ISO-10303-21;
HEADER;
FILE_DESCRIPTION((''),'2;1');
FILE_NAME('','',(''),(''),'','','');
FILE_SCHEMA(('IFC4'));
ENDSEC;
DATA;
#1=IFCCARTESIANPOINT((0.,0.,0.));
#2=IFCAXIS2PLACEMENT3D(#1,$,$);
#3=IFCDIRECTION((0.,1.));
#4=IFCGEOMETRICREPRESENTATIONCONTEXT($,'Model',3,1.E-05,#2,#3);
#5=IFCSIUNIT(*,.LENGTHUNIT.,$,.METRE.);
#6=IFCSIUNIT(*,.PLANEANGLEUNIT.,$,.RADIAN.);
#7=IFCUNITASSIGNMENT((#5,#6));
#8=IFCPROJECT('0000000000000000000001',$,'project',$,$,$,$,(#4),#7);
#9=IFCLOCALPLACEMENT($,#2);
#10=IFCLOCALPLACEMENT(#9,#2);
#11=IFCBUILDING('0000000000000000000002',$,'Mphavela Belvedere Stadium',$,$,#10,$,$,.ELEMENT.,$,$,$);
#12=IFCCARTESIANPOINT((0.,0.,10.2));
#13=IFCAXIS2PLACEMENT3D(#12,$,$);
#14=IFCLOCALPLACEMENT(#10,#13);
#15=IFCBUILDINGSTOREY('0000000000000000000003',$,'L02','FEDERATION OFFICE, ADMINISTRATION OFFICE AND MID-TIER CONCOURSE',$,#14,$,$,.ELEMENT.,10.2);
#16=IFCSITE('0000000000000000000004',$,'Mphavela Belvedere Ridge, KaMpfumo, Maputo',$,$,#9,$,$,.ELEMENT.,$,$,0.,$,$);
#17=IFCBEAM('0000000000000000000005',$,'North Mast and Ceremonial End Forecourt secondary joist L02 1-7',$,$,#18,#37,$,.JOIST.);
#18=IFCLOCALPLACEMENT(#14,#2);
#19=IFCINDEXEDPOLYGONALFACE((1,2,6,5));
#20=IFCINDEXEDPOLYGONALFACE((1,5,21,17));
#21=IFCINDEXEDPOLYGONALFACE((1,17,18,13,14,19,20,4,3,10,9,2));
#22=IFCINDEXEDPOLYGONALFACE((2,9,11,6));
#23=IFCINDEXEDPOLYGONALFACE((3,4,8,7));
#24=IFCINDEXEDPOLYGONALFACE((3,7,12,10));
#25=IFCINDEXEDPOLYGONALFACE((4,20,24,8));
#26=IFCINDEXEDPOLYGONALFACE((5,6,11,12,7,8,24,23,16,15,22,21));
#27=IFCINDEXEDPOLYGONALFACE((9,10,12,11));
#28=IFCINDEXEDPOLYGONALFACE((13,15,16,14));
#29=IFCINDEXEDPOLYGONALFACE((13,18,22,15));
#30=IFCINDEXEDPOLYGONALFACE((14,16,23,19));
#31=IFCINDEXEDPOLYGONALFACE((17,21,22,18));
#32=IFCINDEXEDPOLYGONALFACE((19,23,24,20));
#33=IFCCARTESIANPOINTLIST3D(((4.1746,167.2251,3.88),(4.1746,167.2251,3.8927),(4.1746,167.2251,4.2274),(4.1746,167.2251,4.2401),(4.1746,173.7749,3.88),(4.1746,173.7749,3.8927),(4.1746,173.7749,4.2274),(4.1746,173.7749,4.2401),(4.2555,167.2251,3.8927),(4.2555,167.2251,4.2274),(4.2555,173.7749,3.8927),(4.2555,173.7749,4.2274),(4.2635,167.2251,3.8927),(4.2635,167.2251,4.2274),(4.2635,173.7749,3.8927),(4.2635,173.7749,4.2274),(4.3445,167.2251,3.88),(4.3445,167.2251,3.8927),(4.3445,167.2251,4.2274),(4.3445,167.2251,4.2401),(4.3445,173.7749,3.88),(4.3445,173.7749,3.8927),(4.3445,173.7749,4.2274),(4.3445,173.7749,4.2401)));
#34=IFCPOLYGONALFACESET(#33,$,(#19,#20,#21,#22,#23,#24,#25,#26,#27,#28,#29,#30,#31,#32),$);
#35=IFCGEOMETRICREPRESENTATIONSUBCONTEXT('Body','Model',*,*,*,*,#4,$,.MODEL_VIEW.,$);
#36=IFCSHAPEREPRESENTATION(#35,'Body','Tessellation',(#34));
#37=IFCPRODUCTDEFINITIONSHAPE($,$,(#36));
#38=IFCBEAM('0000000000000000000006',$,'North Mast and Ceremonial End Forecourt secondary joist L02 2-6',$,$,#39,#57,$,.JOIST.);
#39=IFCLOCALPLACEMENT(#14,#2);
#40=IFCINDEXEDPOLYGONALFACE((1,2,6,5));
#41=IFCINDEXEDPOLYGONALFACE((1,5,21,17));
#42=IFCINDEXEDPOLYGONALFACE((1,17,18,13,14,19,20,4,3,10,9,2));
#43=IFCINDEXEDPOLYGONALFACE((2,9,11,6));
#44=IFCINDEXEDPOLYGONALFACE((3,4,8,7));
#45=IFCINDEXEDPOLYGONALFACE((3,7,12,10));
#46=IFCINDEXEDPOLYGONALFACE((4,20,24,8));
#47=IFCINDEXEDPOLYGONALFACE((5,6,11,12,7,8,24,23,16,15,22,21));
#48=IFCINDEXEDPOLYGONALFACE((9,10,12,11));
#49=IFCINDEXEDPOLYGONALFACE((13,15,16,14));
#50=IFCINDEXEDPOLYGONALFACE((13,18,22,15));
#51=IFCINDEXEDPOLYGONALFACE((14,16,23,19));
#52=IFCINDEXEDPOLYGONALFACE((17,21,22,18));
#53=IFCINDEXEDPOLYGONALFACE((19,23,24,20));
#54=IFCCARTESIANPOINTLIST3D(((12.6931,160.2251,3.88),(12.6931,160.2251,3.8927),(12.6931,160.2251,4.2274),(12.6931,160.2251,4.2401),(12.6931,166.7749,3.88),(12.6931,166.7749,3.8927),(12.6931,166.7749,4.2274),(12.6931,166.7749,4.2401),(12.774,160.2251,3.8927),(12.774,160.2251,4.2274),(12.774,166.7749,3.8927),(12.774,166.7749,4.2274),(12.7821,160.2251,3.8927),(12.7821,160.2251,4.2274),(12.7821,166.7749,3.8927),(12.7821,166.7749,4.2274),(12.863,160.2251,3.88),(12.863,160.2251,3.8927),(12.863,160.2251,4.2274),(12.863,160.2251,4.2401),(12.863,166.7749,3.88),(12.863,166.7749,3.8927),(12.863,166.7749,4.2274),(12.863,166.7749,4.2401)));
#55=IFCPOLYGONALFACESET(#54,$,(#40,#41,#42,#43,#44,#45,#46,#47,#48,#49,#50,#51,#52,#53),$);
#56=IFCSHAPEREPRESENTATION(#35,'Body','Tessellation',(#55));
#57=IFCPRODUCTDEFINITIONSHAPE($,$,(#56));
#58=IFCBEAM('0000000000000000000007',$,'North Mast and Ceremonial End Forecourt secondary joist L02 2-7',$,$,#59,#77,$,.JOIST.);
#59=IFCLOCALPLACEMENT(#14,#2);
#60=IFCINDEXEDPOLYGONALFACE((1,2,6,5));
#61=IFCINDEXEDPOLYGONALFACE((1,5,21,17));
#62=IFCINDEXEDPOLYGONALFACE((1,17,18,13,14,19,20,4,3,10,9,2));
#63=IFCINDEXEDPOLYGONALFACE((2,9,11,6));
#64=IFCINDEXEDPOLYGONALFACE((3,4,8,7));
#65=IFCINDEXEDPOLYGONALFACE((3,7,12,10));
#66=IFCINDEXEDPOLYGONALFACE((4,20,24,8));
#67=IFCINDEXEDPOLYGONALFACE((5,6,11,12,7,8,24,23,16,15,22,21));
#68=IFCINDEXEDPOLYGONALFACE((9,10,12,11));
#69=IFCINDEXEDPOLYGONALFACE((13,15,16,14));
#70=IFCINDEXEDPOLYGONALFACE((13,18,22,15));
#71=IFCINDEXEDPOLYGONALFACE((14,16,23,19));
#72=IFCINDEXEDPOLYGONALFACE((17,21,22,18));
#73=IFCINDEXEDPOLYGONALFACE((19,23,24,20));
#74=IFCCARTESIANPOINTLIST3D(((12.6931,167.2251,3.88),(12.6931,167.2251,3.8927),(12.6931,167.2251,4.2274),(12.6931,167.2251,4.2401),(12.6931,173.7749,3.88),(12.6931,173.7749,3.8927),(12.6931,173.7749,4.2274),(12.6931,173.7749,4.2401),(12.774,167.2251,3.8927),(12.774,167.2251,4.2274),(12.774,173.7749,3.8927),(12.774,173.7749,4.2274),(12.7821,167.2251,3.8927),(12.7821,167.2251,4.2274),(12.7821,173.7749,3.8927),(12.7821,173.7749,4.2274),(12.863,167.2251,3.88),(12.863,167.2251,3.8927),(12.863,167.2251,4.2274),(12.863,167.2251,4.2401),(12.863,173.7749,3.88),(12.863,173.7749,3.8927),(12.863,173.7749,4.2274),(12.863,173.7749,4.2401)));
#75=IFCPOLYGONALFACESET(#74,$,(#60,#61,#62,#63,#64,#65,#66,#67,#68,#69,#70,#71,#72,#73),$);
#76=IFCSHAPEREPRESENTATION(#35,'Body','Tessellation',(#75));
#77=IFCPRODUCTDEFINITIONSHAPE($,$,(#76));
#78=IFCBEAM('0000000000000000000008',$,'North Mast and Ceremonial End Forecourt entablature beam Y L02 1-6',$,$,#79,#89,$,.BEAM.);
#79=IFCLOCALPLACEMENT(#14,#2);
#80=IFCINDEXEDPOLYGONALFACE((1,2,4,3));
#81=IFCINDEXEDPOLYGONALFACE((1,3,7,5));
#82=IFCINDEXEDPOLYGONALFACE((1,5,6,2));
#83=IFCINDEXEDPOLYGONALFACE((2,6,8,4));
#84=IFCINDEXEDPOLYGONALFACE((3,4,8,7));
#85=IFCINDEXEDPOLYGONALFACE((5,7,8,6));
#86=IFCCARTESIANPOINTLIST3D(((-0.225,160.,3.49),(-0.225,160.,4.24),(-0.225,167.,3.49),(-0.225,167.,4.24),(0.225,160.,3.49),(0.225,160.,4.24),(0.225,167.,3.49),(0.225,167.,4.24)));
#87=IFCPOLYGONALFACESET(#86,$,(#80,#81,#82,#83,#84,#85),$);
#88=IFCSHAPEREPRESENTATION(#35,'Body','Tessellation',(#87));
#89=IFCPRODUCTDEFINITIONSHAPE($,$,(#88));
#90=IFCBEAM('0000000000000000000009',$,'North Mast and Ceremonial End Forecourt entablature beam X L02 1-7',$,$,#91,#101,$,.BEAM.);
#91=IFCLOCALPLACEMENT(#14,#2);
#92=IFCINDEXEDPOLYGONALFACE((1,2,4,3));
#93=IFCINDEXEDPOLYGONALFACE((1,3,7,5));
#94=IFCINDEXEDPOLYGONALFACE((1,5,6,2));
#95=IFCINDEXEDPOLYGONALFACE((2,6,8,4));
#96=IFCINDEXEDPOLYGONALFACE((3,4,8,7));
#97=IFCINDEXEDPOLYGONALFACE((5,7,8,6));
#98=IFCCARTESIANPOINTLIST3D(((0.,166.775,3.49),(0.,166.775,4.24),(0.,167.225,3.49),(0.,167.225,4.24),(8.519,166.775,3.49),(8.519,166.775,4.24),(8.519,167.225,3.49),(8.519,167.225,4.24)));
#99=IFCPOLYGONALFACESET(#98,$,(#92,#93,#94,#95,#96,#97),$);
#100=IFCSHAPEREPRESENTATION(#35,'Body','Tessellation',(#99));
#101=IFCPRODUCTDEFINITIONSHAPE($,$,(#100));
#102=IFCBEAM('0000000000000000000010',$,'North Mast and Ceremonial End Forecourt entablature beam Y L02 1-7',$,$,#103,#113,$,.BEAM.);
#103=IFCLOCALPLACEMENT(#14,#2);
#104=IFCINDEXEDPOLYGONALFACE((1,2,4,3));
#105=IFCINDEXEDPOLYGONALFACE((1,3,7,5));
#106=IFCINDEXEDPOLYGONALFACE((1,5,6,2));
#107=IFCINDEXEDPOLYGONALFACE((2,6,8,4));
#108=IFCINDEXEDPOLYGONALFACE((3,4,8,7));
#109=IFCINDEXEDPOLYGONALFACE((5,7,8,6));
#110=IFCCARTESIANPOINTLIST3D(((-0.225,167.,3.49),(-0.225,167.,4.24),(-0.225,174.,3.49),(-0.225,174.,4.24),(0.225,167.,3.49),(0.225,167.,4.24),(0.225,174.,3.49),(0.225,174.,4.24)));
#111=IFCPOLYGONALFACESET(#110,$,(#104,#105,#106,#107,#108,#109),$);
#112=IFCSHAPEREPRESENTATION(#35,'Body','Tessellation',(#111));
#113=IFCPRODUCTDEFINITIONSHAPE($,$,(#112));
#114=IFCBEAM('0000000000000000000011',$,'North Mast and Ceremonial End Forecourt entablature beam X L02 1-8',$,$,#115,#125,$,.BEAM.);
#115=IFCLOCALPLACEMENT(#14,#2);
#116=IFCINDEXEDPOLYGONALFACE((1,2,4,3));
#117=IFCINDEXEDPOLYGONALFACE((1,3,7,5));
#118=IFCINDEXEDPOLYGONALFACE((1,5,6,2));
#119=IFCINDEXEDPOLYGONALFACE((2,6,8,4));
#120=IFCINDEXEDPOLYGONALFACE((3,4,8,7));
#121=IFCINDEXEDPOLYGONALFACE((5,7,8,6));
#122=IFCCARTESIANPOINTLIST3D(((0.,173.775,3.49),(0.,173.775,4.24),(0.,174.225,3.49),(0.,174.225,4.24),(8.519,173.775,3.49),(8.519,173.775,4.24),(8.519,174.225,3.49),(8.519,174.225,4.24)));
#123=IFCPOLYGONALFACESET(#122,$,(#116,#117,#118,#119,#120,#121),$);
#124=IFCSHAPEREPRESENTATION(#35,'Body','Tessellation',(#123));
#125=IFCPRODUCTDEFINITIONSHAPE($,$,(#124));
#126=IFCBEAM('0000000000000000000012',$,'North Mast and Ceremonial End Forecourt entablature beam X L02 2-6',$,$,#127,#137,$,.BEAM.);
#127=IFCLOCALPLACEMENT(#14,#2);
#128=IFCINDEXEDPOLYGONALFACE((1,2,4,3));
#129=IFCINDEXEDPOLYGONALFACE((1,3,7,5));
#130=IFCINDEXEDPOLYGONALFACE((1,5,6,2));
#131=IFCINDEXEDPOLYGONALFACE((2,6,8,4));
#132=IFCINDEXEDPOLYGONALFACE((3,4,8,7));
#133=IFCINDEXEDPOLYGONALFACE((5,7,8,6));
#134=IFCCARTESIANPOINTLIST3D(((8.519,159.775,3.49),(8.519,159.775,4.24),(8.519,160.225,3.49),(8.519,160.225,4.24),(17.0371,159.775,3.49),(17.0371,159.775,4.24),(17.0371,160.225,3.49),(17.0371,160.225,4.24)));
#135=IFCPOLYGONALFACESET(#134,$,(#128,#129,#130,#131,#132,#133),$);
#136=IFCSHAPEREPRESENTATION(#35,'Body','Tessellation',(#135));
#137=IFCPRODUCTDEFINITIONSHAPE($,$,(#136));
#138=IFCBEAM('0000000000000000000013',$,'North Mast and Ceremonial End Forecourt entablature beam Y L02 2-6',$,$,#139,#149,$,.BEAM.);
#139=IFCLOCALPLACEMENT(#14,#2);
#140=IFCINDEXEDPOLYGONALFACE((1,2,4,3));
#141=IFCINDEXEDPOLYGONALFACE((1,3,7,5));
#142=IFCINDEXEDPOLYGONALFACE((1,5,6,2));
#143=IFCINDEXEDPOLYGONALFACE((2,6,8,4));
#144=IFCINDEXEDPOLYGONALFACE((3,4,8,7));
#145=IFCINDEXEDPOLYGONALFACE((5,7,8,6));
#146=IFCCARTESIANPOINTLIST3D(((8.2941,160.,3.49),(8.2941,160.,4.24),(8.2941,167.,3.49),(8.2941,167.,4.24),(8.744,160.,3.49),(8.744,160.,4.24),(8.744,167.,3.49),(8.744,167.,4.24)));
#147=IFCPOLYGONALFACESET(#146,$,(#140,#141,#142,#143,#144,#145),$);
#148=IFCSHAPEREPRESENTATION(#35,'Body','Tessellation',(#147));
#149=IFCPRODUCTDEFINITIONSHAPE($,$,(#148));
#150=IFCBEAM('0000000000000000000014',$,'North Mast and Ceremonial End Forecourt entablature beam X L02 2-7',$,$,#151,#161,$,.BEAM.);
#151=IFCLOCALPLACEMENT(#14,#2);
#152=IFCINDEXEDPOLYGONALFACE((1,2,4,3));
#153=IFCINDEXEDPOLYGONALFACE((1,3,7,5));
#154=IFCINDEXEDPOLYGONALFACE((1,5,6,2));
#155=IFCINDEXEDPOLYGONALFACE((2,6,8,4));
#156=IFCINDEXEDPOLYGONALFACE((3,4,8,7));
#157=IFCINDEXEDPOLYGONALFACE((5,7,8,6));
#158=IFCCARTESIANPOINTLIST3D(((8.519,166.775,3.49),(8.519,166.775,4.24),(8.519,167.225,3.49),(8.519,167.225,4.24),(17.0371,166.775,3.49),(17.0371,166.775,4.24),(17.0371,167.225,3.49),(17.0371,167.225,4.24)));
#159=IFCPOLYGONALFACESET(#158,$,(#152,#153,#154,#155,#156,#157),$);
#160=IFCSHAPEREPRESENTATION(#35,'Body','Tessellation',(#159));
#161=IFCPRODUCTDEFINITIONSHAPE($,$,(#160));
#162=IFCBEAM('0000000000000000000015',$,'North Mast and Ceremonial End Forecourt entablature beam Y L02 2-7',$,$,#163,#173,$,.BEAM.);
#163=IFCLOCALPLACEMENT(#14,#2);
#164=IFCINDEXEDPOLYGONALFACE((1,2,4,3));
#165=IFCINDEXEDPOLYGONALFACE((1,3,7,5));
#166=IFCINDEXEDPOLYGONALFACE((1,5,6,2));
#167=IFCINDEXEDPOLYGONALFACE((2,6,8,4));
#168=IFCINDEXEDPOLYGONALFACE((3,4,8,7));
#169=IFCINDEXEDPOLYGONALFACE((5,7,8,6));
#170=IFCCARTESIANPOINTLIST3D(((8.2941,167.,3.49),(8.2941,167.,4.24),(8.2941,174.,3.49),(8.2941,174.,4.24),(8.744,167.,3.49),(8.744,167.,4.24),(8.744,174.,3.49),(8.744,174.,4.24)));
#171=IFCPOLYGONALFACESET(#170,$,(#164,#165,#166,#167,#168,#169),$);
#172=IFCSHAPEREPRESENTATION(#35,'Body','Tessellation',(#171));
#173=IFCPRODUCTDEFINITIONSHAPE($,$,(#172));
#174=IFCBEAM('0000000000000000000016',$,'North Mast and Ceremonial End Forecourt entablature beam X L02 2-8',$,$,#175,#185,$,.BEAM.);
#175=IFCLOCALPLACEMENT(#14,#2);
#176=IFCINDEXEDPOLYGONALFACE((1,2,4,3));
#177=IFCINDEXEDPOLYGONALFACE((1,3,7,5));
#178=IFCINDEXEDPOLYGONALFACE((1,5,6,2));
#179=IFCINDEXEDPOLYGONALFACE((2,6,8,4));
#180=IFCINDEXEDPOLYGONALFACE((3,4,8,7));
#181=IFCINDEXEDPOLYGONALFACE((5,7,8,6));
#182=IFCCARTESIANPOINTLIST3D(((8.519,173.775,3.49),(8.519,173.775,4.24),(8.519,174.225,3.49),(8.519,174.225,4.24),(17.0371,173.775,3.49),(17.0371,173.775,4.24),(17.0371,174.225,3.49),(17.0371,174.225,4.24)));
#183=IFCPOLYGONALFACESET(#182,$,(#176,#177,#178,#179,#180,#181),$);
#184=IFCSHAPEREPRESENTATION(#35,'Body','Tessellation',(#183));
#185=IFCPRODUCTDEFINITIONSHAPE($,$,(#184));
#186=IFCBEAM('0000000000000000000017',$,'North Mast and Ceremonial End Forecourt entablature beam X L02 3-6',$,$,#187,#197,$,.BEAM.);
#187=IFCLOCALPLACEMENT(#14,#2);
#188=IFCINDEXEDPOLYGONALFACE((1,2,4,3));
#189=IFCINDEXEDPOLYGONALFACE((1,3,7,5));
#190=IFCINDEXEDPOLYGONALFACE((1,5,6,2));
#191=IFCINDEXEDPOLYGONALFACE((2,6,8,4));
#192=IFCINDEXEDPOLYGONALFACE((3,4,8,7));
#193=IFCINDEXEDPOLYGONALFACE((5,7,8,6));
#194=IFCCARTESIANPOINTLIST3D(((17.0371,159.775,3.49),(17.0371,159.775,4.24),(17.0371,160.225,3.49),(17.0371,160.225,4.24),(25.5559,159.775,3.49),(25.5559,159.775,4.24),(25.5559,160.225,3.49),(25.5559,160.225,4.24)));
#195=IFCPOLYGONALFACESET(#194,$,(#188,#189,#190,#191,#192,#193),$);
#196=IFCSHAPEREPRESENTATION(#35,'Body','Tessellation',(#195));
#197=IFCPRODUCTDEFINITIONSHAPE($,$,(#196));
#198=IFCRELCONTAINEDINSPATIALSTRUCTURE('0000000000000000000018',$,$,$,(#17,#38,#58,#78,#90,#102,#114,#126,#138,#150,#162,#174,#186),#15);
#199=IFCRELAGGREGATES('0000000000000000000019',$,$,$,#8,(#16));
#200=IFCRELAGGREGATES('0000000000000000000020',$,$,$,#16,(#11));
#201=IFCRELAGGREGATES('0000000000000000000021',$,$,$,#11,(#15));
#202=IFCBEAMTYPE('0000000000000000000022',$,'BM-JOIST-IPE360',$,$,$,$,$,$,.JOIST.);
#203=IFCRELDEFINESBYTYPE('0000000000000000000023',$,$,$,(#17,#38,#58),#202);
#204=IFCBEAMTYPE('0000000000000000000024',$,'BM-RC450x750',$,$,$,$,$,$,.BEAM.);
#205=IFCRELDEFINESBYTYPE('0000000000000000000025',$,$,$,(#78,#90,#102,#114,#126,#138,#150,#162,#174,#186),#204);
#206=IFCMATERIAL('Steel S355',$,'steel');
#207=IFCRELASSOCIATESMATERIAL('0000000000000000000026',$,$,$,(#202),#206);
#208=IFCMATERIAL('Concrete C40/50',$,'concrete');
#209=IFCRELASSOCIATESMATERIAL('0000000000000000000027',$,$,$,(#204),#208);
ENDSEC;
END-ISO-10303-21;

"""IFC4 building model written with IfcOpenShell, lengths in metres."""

from ifc_helpers import new_model, si_unit, direction, frame, origin, origin_2d, place, context, subcontext, project, spatial, rectangle, i_section, extrude, material, material_profile, profile_set, type_object, element, save


model = new_model("IFC4")

# Units and contexts
model_context = context("Model", 3, precision=1e-05, world=origin(), true_north=direction((0.0, 1.0)))
body_context = subcontext(model_context, "Body", "Model", "MODEL_VIEW")
ifc_project = project(units=[si_unit("LENGTHUNIT", "METRE"), si_unit("PLANEANGLEUNIT", "RADIAN")], contexts=[model_context])

# Site, building, storey
site_placement = place(None, origin())
site = spatial("IfcSite", under=ifc_project, at=site_placement, Name="Mphavela Belvedere Ridge, KaMpfumo, Maputo", CompositionType="ELEMENT", RefElevation=0.0)
building_placement = place(site_placement, origin())
building = spatial("IfcBuilding", under=site, at=building_placement, Name="Mphavela Belvedere Stadium", CompositionType="ELEMENT")
storey_placement = place(building_placement, frame((0.0, 0.0, 10.2)))
storey = spatial("IfcBuildingStorey", under=building, at=storey_placement, Name="L02", Description="FEDERATION OFFICE, ADMINISTRATION OFFICE AND MID-TIER CONCOURSE", CompositionType="ELEMENT", Elevation=10.2)

# Beams
ifc_material_1 = material(Name="Steel S355", Category="steel")
ifc_material_profile_1 = material_profile(ifc_material_1, i_section(OverallWidth=0.1699, OverallDepth=0.3601, WebThickness=0.0081, FlangeThickness=0.0127, at=origin_2d()), Name="IPE 360")
ifc_profile_set_1 = profile_set([ifc_material_profile_1], Name="Steel S355")
beam_type_1 = type_object("IfcBeamType", Name="BM-JOIST-IPE360", PredefinedType="JOIST", material=ifc_profile_set_1)
for number, where, z_axis, x_axis, name in (
    (1, (4.2595, 167.2251, 4.0601), (0.0, 1.0, 0.0), (-1.0, 0.0, 0.0), "North Mast and Ceremonial End Forecourt secondary joist L02 1-7"),
    (2, (12.7781, 160.2251, 4.0601), (0.0, 1.0, 0.0), (-1.0, 0.0, 0.0), "North Mast and Ceremonial End Forecourt secondary joist L02 2-6"),
    (3, (12.7781, 167.2251, 4.0601), (0.0, 1.0, 0.0), (-1.0, 0.0, 0.0), "North Mast and Ceremonial End Forecourt secondary joist L02 2-7"),
):
    element("IfcBeam", number, at=place(storey_placement, frame(where, z_axis=z_axis, x_axis=x_axis)), inside=storey, type_object=beam_type_1, Name=name, PredefinedType="JOIST", context=body_context, shape_type="SweptSolid", body=[
        extrude(i_section(OverallWidth=0.1699, OverallDepth=0.3601, WebThickness=0.0081, FlangeThickness=0.0127, at=origin_2d()), origin(), (0.0, 0.0, 1.0), 6.5498),
    ])
ifc_material_2 = material(Name="Concrete C40/50", Category="concrete")
ifc_material_profile_2 = material_profile(ifc_material_2, rectangle(XDim=0.45, YDim=0.75, at=origin_2d()), Name="RC 450x750")
ifc_profile_set_2 = profile_set([ifc_material_profile_2], Name="Concrete C40/50")
beam_type_2 = type_object("IfcBeamType", Name="BM-RC450x750", PredefinedType="BEAM", material=ifc_profile_set_2)
beam_1_placement = place(storey_placement, frame((0.0, 160.0, 3.865), z_axis=(0.0, 1.0, 0.0), x_axis=(-1.0, 0.0, 0.0)))
element("IfcBeam", 4, at=beam_1_placement, inside=storey, type_object=beam_type_2, Name="North Mast and Ceremonial End Forecourt entablature beam Y L02 1-6", PredefinedType="BEAM", context=body_context, shape_type="SweptSolid", body=[
    extrude(rectangle(XDim=0.45, YDim=0.75, at=origin_2d()), origin(), (0.0, 0.0, 1.0), 7.0),
])
beam_2_placement = place(storey_placement, frame((0.0, 167.0, 3.865), z_axis=(1.0, 0.0, 0.0), x_axis=(0.0, 1.0, 0.0)))
element("IfcBeam", 5, at=beam_2_placement, inside=storey, type_object=beam_type_2, Name="North Mast and Ceremonial End Forecourt entablature beam X L02 1-7", PredefinedType="BEAM", context=body_context, shape_type="SweptSolid", body=[
    extrude(rectangle(XDim=0.45, YDim=0.75, at=origin_2d()), origin(), (0.0, 0.0, 1.0), 8.519),
])
beam_3_placement = place(storey_placement, frame((0.0, 167.0, 3.865), z_axis=(0.0, 1.0, 0.0), x_axis=(-1.0, 0.0, 0.0)))
element("IfcBeam", 6, at=beam_3_placement, inside=storey, type_object=beam_type_2, Name="North Mast and Ceremonial End Forecourt entablature beam Y L02 1-7", PredefinedType="BEAM", context=body_context, shape_type="SweptSolid", body=[
    extrude(rectangle(XDim=0.45, YDim=0.75, at=origin_2d()), origin(), (0.0, 0.0, 1.0), 7.0),
])
beam_4_placement = place(storey_placement, frame((0.0, 174.0, 3.865), z_axis=(1.0, 0.0, 0.0), x_axis=(0.0, 1.0, 0.0)))
element("IfcBeam", 7, at=beam_4_placement, inside=storey, type_object=beam_type_2, Name="North Mast and Ceremonial End Forecourt entablature beam X L02 1-8", PredefinedType="BEAM", context=body_context, shape_type="SweptSolid", body=[
    extrude(rectangle(XDim=0.45, YDim=0.75, at=origin_2d()), origin(), (0.0, 0.0, 1.0), 8.519),
])
beam_5_placement = place(storey_placement, frame((8.519, 160.0, 3.865), z_axis=(1.0, 0.0, 0.0), x_axis=(0.0, 1.0, 0.0)))
element("IfcBeam", 8, at=beam_5_placement, inside=storey, type_object=beam_type_2, Name="North Mast and Ceremonial End Forecourt entablature beam X L02 2-6", PredefinedType="BEAM", context=body_context, shape_type="SweptSolid", body=[
    extrude(rectangle(XDim=0.45, YDim=0.75, at=origin_2d()), origin(), (0.0, 0.0, 1.0), 8.5181),
])
beam_6_placement = place(storey_placement, frame((8.519, 160.0, 3.865), z_axis=(0.0, 1.0, 0.0), x_axis=(-1.0, 0.0, 0.0)))
element("IfcBeam", 9, at=beam_6_placement, inside=storey, type_object=beam_type_2, Name="North Mast and Ceremonial End Forecourt entablature beam Y L02 2-6", PredefinedType="BEAM", context=body_context, shape_type="SweptSolid", body=[
    extrude(rectangle(XDim=0.45, YDim=0.75, at=origin_2d()), origin(), (0.0, 0.0, 1.0), 7.0),
])
beam_7_placement = place(storey_placement, frame((8.519, 167.0, 3.865), z_axis=(1.0, 0.0, 0.0), x_axis=(0.0, 1.0, 0.0)))
element("IfcBeam", 10, at=beam_7_placement, inside=storey, type_object=beam_type_2, Name="North Mast and Ceremonial End Forecourt entablature beam X L02 2-7", PredefinedType="BEAM", context=body_context, shape_type="SweptSolid", body=[
    extrude(rectangle(XDim=0.45, YDim=0.75, at=origin_2d()), origin(), (0.0, 0.0, 1.0), 8.5181),
])
beam_8_placement = place(storey_placement, frame((8.519, 167.0, 3.865), z_axis=(0.0, 1.0, 0.0), x_axis=(-1.0, 0.0, 0.0)))
element("IfcBeam", 11, at=beam_8_placement, inside=storey, type_object=beam_type_2, Name="North Mast and Ceremonial End Forecourt entablature beam Y L02 2-7", PredefinedType="BEAM", context=body_context, shape_type="SweptSolid", body=[
    extrude(rectangle(XDim=0.45, YDim=0.75, at=origin_2d()), origin(), (0.0, 0.0, 1.0), 7.0),
])
beam_9_placement = place(storey_placement, frame((8.519, 174.0, 3.865), z_axis=(1.0, 0.0, 0.0), x_axis=(0.0, 1.0, 0.0)))
element("IfcBeam", 12, at=beam_9_placement, inside=storey, type_object=beam_type_2, Name="North Mast and Ceremonial End Forecourt entablature beam X L02 2-8", PredefinedType="BEAM", context=body_context, shape_type="SweptSolid", body=[
    extrude(rectangle(XDim=0.45, YDim=0.75, at=origin_2d()), origin(), (0.0, 0.0, 1.0), 8.5181),
])
beam_10_placement = place(storey_placement, frame((17.0371, 160.0, 3.865), z_axis=(1.0, 0.0, 0.0), x_axis=(0.0, 1.0, 0.0)))
element("IfcBeam", 13, at=beam_10_placement, inside=storey, type_object=beam_type_2, Name="North Mast and Ceremonial End Forecourt entablature beam X L02 3-6", PredefinedType="BEAM", context=body_context, shape_type="SweptSolid", body=[
    extrude(rectangle(XDim=0.45, YDim=0.75, at=origin_2d()), origin(), (0.0, 0.0, 1.0), 8.5188),
])

save(model, "model.ifc")
